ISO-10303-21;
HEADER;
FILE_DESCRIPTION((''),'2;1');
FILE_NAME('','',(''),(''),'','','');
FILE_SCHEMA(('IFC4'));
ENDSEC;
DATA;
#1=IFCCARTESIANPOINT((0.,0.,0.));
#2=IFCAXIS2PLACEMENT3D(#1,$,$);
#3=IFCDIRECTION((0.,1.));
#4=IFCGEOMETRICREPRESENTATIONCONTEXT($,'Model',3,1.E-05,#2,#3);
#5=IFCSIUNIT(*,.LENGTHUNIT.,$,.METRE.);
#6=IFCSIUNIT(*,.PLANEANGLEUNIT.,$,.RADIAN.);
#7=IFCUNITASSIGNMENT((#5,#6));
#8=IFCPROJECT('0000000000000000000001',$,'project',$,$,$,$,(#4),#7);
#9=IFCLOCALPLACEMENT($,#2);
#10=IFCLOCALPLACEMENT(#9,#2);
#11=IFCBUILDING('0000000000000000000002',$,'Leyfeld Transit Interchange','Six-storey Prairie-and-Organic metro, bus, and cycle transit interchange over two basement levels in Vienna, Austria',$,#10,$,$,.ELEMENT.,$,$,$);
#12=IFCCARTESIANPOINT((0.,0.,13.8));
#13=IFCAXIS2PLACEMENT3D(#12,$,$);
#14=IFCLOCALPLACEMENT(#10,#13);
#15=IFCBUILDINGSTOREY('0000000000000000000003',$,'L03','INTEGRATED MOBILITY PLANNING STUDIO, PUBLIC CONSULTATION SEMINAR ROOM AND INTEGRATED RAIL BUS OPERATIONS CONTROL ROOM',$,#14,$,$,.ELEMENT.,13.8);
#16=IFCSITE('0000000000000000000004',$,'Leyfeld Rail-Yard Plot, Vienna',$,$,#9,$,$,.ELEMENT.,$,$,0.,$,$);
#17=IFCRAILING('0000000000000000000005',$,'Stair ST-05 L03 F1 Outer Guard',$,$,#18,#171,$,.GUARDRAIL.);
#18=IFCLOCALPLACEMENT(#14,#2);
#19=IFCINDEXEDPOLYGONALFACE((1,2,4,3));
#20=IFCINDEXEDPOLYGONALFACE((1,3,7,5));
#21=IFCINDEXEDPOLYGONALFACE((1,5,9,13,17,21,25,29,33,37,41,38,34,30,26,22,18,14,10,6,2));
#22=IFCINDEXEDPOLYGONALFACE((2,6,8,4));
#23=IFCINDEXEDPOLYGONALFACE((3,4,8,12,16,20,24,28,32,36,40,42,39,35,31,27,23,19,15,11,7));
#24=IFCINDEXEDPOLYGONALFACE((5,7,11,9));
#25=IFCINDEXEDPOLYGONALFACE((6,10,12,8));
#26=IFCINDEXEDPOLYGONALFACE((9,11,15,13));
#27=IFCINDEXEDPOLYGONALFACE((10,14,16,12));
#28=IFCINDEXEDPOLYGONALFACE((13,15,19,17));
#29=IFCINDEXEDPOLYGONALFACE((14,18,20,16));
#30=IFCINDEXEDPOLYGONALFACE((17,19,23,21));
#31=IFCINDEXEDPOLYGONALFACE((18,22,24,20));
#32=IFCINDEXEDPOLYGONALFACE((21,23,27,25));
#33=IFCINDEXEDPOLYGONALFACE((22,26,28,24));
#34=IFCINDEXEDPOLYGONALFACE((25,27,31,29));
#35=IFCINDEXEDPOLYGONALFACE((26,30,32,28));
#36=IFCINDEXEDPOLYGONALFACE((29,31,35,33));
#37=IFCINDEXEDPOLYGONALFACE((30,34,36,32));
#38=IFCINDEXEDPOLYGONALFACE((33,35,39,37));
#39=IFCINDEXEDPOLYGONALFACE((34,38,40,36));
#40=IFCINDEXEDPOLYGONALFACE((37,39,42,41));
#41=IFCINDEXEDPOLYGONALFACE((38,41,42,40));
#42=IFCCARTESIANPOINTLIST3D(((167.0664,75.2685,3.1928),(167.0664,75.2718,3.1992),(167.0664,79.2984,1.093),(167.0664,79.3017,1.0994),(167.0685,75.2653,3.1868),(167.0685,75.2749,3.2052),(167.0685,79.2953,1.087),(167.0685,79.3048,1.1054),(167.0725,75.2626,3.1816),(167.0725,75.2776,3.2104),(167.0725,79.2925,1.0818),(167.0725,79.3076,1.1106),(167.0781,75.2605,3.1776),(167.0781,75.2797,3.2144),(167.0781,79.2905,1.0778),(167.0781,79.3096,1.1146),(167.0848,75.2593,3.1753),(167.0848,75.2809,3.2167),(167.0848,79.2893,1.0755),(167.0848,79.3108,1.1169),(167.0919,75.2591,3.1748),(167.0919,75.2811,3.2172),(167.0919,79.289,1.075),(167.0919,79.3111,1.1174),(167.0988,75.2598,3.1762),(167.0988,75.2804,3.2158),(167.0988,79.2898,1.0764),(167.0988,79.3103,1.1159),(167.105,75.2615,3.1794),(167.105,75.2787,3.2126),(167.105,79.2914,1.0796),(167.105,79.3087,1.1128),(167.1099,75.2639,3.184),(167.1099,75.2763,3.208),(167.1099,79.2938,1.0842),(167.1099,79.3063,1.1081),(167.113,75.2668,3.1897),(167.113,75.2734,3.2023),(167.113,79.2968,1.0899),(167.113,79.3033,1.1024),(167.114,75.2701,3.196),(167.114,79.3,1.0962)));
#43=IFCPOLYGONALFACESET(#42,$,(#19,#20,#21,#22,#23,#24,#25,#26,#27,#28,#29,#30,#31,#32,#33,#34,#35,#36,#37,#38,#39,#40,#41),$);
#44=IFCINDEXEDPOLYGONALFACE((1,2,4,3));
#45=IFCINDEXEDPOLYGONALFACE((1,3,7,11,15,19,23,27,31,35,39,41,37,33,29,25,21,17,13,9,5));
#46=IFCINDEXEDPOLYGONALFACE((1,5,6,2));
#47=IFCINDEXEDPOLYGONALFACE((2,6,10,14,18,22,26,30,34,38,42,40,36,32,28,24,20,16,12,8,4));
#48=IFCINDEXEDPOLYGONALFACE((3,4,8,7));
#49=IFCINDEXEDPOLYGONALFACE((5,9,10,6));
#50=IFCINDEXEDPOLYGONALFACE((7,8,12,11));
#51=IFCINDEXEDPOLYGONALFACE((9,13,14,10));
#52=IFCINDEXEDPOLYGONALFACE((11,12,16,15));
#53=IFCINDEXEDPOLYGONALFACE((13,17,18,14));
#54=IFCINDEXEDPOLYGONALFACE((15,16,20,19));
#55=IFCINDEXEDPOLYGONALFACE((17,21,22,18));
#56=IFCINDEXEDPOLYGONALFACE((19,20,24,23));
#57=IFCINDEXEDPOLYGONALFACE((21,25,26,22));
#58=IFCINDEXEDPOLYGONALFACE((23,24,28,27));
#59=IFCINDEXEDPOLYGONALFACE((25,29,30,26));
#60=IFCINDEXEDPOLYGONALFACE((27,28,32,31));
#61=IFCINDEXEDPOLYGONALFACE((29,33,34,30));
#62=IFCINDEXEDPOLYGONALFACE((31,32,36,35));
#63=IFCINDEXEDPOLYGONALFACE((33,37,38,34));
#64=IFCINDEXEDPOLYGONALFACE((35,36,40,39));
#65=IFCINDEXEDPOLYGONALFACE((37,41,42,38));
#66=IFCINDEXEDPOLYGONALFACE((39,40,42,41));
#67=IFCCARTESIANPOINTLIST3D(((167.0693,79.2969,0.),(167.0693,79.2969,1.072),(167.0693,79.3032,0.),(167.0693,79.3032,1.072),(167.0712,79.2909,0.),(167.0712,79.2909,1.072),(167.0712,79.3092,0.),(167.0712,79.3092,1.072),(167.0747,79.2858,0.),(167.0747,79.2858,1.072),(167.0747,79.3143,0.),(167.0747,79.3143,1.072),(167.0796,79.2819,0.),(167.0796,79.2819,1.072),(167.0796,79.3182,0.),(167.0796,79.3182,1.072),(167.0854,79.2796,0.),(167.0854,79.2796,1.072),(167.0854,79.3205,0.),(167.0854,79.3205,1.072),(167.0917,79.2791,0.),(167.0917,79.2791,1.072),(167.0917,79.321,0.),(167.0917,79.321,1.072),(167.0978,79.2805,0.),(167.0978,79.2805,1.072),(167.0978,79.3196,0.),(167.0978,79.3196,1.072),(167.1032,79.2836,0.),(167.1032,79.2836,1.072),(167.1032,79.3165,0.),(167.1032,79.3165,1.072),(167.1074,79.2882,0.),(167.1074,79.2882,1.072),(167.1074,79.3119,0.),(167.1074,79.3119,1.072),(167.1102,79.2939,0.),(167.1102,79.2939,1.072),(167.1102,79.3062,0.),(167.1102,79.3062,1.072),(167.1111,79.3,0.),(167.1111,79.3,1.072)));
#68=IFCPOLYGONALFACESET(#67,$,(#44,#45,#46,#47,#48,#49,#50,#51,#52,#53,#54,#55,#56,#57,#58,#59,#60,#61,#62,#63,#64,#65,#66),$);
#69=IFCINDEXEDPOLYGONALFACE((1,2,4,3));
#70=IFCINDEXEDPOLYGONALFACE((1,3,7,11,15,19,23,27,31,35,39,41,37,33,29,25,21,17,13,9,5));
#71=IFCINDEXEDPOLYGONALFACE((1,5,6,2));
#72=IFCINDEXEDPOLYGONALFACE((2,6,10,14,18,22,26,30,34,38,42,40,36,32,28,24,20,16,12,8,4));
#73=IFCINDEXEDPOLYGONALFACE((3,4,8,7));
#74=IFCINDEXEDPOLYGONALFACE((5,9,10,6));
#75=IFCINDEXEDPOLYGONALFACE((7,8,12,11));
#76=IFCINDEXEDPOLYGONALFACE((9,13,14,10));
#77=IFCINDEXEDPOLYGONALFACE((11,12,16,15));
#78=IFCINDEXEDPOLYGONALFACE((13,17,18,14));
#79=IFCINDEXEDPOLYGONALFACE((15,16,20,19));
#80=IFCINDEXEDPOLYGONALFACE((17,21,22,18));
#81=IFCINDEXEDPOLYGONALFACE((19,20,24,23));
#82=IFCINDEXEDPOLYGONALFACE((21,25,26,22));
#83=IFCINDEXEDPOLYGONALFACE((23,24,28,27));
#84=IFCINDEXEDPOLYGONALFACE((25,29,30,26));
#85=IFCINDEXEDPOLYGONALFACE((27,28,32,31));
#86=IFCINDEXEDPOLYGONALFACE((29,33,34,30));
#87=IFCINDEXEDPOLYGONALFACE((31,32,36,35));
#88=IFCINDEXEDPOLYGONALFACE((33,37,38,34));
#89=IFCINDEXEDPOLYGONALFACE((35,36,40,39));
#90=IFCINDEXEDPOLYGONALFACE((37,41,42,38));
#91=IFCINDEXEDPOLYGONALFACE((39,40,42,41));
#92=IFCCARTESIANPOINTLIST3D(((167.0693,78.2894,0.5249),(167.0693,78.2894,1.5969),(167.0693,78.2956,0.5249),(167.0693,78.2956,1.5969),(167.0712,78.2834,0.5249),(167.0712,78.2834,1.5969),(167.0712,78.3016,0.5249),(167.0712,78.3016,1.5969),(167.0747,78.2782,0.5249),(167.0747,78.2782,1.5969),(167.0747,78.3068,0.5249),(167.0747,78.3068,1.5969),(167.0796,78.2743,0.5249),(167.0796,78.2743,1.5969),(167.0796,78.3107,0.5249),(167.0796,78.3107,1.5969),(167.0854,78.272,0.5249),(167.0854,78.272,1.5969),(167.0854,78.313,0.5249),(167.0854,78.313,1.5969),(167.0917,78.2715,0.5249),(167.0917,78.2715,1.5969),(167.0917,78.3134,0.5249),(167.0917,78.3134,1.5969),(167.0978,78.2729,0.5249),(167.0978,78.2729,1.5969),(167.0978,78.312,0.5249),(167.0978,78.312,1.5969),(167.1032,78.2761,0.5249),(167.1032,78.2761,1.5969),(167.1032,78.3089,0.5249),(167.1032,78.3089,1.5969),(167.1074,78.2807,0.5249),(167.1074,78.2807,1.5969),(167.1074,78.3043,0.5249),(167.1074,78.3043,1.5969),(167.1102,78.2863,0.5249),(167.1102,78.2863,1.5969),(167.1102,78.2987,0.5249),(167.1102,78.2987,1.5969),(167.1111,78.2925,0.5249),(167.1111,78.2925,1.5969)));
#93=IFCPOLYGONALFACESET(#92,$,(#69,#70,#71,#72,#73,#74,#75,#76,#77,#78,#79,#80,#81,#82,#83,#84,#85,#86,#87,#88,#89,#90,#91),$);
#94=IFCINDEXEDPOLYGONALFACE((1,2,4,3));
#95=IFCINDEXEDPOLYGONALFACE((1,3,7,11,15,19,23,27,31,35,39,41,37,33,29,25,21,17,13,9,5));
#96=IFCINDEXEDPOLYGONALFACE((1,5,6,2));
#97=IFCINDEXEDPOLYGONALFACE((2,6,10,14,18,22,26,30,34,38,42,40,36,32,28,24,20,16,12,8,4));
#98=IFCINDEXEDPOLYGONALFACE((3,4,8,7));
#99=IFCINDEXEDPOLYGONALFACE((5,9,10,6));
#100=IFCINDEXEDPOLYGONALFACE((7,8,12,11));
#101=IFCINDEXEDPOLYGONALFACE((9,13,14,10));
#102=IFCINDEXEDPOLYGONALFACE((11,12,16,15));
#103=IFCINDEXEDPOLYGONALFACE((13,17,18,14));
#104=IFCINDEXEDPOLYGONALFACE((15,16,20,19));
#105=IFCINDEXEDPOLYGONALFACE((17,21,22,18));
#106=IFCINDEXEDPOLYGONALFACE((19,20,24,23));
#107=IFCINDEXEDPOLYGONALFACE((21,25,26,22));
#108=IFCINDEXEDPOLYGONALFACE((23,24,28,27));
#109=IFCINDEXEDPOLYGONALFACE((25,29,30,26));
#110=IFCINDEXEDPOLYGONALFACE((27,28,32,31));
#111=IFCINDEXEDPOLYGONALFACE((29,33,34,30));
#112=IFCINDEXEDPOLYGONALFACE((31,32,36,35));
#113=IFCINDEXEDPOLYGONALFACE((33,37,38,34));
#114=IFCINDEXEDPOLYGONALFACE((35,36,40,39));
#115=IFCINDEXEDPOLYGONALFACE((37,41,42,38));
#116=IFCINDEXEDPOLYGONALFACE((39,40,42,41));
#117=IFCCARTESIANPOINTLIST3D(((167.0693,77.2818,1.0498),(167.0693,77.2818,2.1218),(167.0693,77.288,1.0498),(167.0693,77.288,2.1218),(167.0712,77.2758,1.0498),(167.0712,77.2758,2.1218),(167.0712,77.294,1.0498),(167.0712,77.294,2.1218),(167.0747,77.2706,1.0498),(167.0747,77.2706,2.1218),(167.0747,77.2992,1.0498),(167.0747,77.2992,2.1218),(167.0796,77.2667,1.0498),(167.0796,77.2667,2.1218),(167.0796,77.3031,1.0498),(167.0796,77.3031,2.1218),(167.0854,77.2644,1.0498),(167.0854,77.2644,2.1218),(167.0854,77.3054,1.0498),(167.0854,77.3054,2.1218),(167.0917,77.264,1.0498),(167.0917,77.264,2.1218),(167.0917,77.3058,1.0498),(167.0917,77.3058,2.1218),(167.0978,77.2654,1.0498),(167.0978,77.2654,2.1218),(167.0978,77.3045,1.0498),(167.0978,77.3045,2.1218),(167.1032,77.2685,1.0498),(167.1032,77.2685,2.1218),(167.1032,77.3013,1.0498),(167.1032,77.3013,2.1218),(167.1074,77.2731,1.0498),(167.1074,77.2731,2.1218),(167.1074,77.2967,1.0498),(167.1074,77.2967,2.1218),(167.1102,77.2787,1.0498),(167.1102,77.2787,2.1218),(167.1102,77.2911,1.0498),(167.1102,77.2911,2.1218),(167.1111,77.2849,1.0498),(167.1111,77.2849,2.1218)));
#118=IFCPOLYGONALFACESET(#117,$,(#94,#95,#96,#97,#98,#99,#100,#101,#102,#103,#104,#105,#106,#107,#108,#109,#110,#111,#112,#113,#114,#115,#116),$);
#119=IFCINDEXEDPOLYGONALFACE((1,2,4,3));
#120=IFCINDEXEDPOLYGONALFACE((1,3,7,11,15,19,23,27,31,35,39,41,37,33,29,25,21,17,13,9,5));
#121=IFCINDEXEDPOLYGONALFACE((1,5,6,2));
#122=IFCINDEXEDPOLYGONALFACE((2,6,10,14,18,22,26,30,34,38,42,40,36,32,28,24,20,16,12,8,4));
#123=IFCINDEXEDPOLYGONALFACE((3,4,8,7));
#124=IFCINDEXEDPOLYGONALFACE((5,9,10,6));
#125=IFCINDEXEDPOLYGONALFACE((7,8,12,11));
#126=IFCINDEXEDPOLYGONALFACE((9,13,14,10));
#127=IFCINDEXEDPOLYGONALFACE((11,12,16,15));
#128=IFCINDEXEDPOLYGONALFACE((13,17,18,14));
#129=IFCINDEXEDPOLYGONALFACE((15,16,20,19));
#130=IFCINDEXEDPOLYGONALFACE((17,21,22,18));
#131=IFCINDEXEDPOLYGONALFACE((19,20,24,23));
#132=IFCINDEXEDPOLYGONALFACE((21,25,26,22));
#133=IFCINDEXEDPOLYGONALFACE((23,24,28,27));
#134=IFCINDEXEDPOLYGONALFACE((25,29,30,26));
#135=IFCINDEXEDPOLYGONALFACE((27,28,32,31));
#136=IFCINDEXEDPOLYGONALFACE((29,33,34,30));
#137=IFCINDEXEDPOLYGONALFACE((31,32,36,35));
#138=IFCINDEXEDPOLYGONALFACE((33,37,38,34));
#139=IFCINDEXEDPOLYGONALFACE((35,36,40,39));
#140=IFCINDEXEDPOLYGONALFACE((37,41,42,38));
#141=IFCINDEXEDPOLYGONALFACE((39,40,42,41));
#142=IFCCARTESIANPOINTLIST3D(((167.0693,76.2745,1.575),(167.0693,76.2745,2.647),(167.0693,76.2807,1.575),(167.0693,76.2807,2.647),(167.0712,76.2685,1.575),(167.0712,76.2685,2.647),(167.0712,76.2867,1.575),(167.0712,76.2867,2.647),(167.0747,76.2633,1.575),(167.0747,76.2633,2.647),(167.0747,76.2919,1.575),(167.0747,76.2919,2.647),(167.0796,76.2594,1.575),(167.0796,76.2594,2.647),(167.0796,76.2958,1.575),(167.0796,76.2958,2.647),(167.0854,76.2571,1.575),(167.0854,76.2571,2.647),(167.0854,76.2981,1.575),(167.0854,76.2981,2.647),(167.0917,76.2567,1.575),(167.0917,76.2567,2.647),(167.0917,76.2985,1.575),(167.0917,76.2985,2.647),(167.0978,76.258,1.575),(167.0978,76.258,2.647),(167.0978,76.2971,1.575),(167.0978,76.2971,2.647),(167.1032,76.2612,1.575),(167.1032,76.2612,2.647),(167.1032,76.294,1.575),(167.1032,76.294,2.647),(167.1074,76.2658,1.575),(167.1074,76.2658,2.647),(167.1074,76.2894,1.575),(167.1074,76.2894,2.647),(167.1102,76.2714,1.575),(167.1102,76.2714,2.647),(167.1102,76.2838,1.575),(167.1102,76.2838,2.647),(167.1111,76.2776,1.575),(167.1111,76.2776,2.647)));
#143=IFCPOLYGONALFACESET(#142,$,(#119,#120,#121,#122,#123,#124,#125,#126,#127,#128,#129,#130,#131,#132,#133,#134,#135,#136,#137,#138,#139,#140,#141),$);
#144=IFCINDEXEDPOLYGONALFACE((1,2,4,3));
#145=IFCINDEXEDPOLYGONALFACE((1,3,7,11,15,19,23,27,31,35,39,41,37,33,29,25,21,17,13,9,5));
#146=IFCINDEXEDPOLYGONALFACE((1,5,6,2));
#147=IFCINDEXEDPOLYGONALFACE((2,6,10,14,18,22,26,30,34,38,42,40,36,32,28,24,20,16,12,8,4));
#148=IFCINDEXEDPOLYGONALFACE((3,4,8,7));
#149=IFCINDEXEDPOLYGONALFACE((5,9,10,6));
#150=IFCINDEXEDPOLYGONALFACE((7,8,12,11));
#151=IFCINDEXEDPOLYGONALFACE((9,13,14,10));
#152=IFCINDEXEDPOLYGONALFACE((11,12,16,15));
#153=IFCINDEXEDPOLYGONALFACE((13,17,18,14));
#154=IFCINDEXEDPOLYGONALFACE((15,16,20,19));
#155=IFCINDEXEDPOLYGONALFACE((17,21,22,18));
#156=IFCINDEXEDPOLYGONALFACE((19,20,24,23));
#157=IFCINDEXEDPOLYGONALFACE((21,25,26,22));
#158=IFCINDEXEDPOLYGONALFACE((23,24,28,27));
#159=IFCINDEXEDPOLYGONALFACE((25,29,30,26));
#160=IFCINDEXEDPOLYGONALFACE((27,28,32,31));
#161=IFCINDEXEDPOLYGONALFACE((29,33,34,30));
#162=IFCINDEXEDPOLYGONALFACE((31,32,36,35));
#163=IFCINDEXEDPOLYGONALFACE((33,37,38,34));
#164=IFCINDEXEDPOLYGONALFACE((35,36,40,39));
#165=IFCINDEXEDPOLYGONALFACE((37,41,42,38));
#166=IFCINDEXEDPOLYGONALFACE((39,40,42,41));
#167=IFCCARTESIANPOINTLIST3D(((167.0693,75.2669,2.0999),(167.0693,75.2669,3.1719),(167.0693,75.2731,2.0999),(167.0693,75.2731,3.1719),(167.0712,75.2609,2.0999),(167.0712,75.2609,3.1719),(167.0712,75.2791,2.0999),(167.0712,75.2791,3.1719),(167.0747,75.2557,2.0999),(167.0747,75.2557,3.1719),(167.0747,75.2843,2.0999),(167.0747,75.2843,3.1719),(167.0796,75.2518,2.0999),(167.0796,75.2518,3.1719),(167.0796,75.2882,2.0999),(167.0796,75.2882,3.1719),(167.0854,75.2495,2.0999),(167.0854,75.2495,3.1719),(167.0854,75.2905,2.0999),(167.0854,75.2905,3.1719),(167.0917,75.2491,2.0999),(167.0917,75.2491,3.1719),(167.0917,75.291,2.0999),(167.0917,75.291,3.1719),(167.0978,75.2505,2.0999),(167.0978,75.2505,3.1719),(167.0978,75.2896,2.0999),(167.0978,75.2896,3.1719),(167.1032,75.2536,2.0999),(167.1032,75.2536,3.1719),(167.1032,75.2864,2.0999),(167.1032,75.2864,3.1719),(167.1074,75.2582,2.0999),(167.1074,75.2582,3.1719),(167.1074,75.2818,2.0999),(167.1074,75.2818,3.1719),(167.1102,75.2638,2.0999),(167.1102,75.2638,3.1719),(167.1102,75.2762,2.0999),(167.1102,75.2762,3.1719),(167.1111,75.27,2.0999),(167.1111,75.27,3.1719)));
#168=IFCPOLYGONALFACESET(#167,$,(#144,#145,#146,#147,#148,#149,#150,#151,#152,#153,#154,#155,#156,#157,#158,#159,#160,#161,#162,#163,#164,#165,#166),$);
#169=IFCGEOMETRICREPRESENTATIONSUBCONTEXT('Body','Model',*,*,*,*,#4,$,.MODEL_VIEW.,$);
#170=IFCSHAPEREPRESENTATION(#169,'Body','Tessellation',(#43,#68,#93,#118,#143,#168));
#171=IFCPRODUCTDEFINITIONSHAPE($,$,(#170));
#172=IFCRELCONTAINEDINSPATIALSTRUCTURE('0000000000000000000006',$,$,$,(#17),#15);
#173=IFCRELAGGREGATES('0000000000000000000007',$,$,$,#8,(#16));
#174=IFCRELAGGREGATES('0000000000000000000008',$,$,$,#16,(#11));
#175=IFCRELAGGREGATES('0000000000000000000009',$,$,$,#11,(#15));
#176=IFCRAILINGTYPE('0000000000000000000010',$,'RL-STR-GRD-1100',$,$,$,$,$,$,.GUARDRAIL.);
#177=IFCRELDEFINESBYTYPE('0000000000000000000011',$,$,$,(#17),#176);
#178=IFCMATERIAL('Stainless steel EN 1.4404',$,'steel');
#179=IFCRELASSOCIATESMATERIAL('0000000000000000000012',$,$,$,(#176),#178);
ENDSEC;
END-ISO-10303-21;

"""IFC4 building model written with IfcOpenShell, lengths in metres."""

from ifc_helpers import new_model, si_unit, direction, frame, origin, origin_2d, place, context, subcontext, project, spatial, circle, extrude, material, type_object, element, save


model = new_model("IFC4")

# Units and contexts
model_context = context("Model", 3, precision=1e-05, world=origin(), true_north=direction((0.0, 1.0)))
body_context = subcontext(model_context, "Body", "Model", "MODEL_VIEW")
ifc_project = project(units=[si_unit("LENGTHUNIT", "METRE"), si_unit("PLANEANGLEUNIT", "RADIAN")], contexts=[model_context])

# Site, building, storey
site_placement = place(None, origin())
site = spatial("IfcSite", under=ifc_project, at=site_placement, Name="Leyfeld Rail-Yard Plot, Vienna", CompositionType="ELEMENT", RefElevation=0.0)
building_placement = place(site_placement, origin())
building = spatial("IfcBuilding", under=site, at=building_placement, Name="Leyfeld Transit Interchange", Description="Six-storey Prairie-and-Organic metro, bus, and cycle transit interchange over two basement levels in Vienna, Austria", CompositionType="ELEMENT")
storey_placement = place(building_placement, frame((0.0, 0.0, 13.8)))
storey = spatial("IfcBuildingStorey", under=building, at=storey_placement, Name="L03", Description="INTEGRATED MOBILITY PLANNING STUDIO, PUBLIC CONSULTATION SEMINAR ROOM AND INTEGRATED RAIL BUS OPERATIONS CONTROL ROOM", CompositionType="ELEMENT", Elevation=13.8)

# Railing
ifc_material_1 = material(Name="Stainless steel EN 1.4404", Category="steel")
railing_type_1 = type_object("IfcRailingType", Name="RL-STR-GRD-1100", PredefinedType="GUARDRAIL", material=ifc_material_1)
for number, where, name in (
    (1, (167.0901, 79.3, 0.0), "Stair ST-05 L03 F1 Outer Guard"),
):
    element("IfcRailing", number, at=place(storey_placement, frame(where)), inside=storey, type_object=railing_type_1, Name=name, PredefinedType="GUARDRAIL", context=body_context, shape_type="SweptSolid", body=[
        extrude(circle(Radius=0.0239, at=origin_2d()), frame((0.0, 0.0, 1.0962), z_axis=(0.0, -0.886835, 0.462087), x_axis=(1.0, 0.0, 0.0)), (0.0, 0.0, 1.0), 4.5442),
        extrude(circle(Radius=0.021, at=origin_2d()), origin(), (0.0, 0.0, 1.0), 1.072),
        extrude(circle(Radius=0.021, at=origin_2d()), frame((0.0, -1.0076, 0.5249)), (0.0, 0.0, 1.0), 1.072),
        extrude(circle(Radius=0.021, at=origin_2d()), frame((0.0, -2.0151, 1.0498)), (0.0, 0.0, 1.0), 1.072),
        extrude(circle(Radius=0.021, at=origin_2d()), frame((0.0, -3.0225, 1.575)), (0.0, 0.0, 1.0), 1.072),
        extrude(circle(Radius=0.021, at=origin_2d()), frame((0.0, -4.03, 2.0999)), (0.0, 0.0, 1.0), 1.072),
    ])

save(model, "model.ifc")
